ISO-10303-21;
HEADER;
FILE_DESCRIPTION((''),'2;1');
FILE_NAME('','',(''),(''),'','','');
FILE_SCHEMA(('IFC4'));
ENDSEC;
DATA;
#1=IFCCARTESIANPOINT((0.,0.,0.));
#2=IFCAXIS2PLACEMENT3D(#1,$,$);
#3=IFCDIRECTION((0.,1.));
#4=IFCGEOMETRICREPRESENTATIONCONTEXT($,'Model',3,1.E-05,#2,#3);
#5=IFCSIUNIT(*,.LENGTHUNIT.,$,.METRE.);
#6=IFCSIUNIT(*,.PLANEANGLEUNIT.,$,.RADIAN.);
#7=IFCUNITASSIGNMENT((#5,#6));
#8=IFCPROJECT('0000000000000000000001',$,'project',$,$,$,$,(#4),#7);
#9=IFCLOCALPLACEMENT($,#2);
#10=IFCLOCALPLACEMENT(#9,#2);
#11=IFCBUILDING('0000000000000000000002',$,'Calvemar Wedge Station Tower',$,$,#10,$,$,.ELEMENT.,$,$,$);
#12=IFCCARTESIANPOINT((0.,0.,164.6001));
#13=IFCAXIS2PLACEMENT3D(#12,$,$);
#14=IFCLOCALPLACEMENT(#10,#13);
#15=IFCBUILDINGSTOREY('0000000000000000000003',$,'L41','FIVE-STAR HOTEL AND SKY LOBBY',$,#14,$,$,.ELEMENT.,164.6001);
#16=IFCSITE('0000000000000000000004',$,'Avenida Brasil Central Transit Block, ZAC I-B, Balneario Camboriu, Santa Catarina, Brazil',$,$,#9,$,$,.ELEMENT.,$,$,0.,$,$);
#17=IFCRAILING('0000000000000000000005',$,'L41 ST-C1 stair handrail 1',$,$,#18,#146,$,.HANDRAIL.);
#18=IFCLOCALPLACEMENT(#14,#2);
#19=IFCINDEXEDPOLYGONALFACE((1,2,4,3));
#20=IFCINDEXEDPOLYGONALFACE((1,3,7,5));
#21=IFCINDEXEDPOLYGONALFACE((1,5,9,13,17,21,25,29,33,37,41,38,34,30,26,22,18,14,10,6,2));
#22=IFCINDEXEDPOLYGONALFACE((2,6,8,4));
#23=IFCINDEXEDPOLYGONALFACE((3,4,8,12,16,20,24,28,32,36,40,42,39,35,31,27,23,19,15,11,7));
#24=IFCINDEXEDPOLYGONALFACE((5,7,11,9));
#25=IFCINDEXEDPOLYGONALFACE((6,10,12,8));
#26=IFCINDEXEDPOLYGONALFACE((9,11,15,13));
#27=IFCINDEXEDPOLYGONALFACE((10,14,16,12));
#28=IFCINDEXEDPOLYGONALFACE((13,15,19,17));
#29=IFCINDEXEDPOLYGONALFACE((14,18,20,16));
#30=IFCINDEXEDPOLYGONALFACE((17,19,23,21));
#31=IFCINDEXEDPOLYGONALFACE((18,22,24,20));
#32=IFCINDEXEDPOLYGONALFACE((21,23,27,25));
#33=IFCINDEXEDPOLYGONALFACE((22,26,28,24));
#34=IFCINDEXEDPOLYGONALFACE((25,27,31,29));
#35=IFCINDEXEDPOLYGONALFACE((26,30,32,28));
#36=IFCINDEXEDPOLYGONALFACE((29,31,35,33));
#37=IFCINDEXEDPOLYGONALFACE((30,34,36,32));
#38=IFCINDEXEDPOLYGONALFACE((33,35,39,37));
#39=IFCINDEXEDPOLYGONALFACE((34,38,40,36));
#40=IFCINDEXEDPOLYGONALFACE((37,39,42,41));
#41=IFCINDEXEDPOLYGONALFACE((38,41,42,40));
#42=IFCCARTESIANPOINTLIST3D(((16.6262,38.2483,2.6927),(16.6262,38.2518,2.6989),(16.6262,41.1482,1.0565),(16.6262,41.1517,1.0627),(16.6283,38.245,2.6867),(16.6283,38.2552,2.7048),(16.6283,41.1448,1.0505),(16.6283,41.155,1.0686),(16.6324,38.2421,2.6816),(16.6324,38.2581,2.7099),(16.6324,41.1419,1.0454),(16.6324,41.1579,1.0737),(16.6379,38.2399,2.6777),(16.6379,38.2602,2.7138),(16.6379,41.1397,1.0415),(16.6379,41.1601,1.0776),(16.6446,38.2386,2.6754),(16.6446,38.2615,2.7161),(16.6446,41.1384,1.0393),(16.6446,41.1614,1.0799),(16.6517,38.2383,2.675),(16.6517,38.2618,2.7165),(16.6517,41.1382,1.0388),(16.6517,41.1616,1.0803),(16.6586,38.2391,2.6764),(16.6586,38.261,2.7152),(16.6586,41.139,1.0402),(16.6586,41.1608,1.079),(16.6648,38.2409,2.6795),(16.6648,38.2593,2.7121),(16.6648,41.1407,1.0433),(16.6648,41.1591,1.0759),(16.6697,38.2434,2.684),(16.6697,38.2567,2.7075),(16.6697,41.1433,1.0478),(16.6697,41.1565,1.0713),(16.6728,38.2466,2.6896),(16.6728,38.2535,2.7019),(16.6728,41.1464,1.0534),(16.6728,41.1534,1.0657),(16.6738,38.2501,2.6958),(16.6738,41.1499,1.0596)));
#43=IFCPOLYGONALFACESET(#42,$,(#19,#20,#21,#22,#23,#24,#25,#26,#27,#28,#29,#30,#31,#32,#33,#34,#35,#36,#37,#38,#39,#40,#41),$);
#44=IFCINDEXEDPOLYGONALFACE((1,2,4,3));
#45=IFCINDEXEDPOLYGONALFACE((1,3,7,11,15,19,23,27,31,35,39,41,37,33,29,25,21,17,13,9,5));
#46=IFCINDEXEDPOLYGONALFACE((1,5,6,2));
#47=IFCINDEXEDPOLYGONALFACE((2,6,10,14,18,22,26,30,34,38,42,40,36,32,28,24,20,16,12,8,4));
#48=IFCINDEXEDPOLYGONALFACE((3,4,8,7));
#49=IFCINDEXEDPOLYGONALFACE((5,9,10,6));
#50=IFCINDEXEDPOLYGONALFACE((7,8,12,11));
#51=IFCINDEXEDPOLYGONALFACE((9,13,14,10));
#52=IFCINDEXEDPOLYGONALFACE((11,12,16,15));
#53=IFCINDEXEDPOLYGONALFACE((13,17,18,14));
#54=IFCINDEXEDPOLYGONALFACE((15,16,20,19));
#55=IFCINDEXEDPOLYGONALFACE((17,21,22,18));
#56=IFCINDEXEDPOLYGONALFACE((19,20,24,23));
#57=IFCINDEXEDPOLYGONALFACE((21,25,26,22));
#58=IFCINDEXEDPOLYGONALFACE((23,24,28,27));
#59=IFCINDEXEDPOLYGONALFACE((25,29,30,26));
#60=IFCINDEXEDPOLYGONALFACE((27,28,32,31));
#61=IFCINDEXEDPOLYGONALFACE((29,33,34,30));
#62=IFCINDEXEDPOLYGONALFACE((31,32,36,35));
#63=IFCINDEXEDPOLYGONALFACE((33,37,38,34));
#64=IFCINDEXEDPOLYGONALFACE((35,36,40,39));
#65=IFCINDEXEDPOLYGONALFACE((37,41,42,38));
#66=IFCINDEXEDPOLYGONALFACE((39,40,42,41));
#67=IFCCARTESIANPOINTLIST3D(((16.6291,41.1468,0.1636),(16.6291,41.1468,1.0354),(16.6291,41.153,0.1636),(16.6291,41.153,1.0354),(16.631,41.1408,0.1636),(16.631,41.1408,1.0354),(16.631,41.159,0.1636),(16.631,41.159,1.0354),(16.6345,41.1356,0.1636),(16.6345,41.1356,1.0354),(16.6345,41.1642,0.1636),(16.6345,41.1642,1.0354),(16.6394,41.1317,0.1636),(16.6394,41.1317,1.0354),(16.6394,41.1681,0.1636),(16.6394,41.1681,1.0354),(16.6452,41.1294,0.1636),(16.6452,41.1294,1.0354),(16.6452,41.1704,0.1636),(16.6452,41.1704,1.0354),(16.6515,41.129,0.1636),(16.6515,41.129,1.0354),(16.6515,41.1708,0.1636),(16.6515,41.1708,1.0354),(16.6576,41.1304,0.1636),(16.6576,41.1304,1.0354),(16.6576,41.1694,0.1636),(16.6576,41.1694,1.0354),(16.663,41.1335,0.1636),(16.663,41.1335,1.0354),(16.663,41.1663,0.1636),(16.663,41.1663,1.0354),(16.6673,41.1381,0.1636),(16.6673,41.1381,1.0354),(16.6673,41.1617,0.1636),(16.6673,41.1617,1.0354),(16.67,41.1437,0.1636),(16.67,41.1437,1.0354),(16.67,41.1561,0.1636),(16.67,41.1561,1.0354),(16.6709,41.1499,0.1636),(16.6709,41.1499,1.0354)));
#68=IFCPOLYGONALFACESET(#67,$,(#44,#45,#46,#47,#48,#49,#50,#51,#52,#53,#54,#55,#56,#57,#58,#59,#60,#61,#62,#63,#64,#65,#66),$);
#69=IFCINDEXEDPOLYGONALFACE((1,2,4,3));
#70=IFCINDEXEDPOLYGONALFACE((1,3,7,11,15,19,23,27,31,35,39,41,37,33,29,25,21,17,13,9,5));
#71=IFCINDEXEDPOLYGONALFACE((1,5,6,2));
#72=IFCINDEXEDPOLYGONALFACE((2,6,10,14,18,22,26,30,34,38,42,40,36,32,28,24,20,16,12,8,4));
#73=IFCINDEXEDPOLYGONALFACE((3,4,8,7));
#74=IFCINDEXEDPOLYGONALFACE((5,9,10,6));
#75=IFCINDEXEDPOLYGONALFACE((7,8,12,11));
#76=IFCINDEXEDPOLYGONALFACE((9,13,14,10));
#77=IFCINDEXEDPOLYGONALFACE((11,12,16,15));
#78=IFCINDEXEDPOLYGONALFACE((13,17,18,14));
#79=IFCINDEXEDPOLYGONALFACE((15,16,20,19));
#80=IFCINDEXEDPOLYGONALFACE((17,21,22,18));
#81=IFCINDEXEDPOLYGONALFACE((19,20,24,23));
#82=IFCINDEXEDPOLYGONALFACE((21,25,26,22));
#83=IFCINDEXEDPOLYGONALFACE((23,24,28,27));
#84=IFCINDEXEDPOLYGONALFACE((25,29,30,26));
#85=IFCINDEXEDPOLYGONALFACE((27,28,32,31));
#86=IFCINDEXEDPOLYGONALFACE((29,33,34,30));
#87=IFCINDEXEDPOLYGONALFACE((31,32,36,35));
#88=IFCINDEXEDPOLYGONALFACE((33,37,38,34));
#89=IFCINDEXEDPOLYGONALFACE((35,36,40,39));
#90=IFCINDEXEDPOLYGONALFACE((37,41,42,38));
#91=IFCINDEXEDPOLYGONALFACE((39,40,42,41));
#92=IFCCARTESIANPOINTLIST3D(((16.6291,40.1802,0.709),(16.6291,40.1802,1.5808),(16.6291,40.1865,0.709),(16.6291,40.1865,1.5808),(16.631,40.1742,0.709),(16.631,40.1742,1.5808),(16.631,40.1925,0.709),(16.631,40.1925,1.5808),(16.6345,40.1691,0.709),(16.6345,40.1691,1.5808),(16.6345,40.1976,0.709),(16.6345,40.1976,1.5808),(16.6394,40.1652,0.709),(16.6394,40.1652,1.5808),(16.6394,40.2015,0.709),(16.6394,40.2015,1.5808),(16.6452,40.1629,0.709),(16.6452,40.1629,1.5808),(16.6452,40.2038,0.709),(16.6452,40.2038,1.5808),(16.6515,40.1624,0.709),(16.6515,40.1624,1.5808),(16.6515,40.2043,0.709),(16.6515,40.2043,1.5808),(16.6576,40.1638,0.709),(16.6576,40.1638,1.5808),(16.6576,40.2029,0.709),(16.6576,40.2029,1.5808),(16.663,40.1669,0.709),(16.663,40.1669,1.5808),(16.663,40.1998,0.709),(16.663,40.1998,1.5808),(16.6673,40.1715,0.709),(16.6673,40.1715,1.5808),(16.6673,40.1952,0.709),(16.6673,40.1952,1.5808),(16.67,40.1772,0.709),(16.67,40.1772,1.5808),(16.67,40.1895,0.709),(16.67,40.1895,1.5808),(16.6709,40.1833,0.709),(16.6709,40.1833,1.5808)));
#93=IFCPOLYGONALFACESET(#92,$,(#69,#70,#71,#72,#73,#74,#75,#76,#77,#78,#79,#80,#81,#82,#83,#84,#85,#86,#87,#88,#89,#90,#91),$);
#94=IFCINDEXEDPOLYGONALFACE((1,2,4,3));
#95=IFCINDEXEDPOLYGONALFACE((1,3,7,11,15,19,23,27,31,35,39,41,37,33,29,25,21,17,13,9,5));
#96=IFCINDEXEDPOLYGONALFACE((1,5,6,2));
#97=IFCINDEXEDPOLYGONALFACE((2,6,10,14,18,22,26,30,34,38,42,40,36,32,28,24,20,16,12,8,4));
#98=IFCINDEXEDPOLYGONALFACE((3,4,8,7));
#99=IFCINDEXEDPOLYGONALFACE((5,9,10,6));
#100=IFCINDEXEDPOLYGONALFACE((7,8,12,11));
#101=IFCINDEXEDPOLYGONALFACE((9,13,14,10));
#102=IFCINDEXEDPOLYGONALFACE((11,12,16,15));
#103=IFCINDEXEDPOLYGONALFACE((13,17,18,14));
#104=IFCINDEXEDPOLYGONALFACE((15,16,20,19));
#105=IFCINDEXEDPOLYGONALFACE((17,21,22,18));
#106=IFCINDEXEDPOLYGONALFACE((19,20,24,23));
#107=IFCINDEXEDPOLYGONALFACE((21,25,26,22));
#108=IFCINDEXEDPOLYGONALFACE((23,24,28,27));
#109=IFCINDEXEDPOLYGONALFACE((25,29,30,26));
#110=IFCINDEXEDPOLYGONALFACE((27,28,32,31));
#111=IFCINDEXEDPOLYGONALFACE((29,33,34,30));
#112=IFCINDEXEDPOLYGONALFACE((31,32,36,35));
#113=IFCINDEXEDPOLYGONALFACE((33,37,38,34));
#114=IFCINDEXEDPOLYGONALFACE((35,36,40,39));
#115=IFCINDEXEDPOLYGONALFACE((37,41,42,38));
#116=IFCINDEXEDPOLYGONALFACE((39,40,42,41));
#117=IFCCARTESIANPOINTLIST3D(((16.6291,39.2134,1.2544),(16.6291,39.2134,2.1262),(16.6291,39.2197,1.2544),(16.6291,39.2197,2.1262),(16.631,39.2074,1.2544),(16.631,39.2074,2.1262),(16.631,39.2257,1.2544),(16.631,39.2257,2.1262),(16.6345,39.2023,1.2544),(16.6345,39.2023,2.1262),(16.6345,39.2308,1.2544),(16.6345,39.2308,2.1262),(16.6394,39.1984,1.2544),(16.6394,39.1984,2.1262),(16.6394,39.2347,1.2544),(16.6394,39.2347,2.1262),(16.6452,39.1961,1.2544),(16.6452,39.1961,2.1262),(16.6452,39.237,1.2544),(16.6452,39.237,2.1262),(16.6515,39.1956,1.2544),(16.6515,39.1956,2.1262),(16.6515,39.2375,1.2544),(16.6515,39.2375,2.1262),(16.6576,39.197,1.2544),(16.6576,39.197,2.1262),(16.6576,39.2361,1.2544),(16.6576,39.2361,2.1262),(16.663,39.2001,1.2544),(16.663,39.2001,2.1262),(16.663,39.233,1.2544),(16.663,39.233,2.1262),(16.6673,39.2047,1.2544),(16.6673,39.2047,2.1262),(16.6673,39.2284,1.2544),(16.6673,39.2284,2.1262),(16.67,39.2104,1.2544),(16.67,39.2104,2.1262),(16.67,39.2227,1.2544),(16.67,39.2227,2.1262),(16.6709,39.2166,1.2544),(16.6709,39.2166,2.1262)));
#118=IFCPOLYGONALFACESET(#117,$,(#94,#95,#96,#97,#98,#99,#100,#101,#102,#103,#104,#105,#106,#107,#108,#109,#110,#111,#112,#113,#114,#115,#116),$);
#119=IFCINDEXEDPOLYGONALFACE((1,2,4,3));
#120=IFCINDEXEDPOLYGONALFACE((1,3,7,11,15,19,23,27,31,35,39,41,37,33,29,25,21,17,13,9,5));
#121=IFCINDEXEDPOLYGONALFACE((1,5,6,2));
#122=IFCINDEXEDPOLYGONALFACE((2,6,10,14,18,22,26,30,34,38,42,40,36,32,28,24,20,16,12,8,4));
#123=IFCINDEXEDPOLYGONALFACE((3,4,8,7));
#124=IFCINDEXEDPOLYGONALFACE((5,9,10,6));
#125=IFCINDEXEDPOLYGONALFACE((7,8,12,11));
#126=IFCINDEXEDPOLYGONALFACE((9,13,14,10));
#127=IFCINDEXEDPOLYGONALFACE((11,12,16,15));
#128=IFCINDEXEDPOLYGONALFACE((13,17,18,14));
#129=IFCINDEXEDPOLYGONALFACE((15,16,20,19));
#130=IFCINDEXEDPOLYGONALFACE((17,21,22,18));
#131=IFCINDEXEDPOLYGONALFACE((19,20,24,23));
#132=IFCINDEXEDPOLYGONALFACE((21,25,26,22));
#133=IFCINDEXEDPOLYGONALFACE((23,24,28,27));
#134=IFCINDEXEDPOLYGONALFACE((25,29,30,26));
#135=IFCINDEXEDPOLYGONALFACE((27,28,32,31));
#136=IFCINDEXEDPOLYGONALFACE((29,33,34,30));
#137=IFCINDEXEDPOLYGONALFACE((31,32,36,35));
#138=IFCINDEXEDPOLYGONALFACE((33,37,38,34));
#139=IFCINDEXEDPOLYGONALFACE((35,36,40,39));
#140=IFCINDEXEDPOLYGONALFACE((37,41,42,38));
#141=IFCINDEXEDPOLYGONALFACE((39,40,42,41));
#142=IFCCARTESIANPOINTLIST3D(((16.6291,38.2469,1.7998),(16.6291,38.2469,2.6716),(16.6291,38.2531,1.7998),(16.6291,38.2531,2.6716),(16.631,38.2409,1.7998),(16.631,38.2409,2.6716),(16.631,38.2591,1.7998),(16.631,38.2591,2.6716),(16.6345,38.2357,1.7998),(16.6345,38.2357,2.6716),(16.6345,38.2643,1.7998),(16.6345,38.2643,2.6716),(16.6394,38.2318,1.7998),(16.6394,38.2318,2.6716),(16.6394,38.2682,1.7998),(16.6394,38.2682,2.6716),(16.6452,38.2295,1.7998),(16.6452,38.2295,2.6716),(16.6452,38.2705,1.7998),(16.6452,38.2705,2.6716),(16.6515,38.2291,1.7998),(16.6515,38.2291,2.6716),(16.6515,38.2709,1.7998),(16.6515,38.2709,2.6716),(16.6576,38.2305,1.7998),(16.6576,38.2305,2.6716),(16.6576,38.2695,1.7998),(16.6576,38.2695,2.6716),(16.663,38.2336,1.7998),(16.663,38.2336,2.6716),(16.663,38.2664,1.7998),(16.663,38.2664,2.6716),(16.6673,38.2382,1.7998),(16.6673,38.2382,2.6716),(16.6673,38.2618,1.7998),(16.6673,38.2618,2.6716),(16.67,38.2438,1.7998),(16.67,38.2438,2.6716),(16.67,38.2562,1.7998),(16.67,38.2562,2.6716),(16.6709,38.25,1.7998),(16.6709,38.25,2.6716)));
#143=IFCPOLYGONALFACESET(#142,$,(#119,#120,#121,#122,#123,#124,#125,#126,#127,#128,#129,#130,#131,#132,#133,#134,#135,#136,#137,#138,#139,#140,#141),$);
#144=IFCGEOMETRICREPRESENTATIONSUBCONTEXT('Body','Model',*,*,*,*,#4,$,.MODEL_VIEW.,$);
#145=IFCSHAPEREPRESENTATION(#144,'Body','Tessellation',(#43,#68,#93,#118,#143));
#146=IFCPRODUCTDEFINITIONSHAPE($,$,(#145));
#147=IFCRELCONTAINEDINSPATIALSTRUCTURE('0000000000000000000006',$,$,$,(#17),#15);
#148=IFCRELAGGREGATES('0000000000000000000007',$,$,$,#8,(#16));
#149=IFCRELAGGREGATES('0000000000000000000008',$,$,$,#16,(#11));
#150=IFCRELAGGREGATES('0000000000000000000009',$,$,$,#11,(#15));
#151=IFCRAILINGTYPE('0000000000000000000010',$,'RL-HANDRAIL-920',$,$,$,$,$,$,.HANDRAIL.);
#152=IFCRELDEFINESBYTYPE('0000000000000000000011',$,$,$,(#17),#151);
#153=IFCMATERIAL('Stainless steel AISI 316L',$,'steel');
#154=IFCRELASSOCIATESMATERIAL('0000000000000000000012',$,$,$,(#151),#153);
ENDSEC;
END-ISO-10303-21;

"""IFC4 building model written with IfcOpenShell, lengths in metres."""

from ifc_helpers import new_model, si_unit, direction, frame, origin, origin_2d, place, context, subcontext, project, spatial, circle, extrude, material, type_object, element, save


model = new_model("IFC4")

# Units and contexts
model_context = context("Model", 3, precision=1e-05, world=origin(), true_north=direction((0.0, 1.0)))
body_context = subcontext(model_context, "Body", "Model", "MODEL_VIEW")
ifc_project = project(units=[si_unit("LENGTHUNIT", "METRE"), si_unit("PLANEANGLEUNIT", "RADIAN")], contexts=[model_context])

# Site, building, storey
site_placement = place(None, origin())
site = spatial("IfcSite", under=ifc_project, at=site_placement, Name="Avenida Brasil Central Transit Block, ZAC I-B, Balneario Camboriu, Santa Catarina, Brazil", CompositionType="ELEMENT", RefElevation=0.0)
building_placement = place(site_placement, origin())
building = spatial("IfcBuilding", under=site, at=building_placement, Name="Calvemar Wedge Station Tower", CompositionType="ELEMENT")
storey_placement = place(building_placement, frame((0.0, 0.0, 164.6001)))
storey = spatial("IfcBuildingStorey", under=building, at=storey_placement, Name="L41", Description="FIVE-STAR HOTEL AND SKY LOBBY", CompositionType="ELEMENT", Elevation=164.6001)

# Railing
ifc_material_1 = material(Name="Stainless steel AISI 316L", Category="steel")
railing_type_1 = type_object("IfcRailingType", Name="RL-HANDRAIL-920", PredefinedType="HANDRAIL", material=ifc_material_1)
railing_1_placement = place(storey_placement, frame((16.6499, 41.1499, 0.1636)))
element("IfcRailing", 1, at=railing_1_placement, inside=storey, type_object=railing_type_1, Name="L41 ST-C1 stair handrail 1", PredefinedType="HANDRAIL", context=body_context, shape_type="SweptSolid", body=[
    extrude(circle(Radius=0.0239, at=origin_2d()), frame((0.0, 0.0, 0.896), z_axis=(0.0, -0.870929, 0.49141), x_axis=(1.0, 0.0, 0.0)), (0.0, 0.0, 1.0), 3.3296),
    extrude(circle(Radius=0.021, at=origin_2d()), origin(), (0.0, 0.0, 1.0), 0.8718),
    extrude(circle(Radius=0.021, at=origin_2d()), frame((0.0, -0.9666, 0.5454)), (0.0, 0.0, 1.0), 0.8718),
    extrude(circle(Radius=0.021, at=origin_2d()), frame((0.0, -1.9333, 1.0908)), (0.0, 0.0, 1.0), 0.8718),
    extrude(circle(Radius=0.021, at=origin_2d()), frame((0.0, -2.8999, 1.6362)), (0.0, 0.0, 1.0), 0.8718),
])

save(model, "model.ifc")
